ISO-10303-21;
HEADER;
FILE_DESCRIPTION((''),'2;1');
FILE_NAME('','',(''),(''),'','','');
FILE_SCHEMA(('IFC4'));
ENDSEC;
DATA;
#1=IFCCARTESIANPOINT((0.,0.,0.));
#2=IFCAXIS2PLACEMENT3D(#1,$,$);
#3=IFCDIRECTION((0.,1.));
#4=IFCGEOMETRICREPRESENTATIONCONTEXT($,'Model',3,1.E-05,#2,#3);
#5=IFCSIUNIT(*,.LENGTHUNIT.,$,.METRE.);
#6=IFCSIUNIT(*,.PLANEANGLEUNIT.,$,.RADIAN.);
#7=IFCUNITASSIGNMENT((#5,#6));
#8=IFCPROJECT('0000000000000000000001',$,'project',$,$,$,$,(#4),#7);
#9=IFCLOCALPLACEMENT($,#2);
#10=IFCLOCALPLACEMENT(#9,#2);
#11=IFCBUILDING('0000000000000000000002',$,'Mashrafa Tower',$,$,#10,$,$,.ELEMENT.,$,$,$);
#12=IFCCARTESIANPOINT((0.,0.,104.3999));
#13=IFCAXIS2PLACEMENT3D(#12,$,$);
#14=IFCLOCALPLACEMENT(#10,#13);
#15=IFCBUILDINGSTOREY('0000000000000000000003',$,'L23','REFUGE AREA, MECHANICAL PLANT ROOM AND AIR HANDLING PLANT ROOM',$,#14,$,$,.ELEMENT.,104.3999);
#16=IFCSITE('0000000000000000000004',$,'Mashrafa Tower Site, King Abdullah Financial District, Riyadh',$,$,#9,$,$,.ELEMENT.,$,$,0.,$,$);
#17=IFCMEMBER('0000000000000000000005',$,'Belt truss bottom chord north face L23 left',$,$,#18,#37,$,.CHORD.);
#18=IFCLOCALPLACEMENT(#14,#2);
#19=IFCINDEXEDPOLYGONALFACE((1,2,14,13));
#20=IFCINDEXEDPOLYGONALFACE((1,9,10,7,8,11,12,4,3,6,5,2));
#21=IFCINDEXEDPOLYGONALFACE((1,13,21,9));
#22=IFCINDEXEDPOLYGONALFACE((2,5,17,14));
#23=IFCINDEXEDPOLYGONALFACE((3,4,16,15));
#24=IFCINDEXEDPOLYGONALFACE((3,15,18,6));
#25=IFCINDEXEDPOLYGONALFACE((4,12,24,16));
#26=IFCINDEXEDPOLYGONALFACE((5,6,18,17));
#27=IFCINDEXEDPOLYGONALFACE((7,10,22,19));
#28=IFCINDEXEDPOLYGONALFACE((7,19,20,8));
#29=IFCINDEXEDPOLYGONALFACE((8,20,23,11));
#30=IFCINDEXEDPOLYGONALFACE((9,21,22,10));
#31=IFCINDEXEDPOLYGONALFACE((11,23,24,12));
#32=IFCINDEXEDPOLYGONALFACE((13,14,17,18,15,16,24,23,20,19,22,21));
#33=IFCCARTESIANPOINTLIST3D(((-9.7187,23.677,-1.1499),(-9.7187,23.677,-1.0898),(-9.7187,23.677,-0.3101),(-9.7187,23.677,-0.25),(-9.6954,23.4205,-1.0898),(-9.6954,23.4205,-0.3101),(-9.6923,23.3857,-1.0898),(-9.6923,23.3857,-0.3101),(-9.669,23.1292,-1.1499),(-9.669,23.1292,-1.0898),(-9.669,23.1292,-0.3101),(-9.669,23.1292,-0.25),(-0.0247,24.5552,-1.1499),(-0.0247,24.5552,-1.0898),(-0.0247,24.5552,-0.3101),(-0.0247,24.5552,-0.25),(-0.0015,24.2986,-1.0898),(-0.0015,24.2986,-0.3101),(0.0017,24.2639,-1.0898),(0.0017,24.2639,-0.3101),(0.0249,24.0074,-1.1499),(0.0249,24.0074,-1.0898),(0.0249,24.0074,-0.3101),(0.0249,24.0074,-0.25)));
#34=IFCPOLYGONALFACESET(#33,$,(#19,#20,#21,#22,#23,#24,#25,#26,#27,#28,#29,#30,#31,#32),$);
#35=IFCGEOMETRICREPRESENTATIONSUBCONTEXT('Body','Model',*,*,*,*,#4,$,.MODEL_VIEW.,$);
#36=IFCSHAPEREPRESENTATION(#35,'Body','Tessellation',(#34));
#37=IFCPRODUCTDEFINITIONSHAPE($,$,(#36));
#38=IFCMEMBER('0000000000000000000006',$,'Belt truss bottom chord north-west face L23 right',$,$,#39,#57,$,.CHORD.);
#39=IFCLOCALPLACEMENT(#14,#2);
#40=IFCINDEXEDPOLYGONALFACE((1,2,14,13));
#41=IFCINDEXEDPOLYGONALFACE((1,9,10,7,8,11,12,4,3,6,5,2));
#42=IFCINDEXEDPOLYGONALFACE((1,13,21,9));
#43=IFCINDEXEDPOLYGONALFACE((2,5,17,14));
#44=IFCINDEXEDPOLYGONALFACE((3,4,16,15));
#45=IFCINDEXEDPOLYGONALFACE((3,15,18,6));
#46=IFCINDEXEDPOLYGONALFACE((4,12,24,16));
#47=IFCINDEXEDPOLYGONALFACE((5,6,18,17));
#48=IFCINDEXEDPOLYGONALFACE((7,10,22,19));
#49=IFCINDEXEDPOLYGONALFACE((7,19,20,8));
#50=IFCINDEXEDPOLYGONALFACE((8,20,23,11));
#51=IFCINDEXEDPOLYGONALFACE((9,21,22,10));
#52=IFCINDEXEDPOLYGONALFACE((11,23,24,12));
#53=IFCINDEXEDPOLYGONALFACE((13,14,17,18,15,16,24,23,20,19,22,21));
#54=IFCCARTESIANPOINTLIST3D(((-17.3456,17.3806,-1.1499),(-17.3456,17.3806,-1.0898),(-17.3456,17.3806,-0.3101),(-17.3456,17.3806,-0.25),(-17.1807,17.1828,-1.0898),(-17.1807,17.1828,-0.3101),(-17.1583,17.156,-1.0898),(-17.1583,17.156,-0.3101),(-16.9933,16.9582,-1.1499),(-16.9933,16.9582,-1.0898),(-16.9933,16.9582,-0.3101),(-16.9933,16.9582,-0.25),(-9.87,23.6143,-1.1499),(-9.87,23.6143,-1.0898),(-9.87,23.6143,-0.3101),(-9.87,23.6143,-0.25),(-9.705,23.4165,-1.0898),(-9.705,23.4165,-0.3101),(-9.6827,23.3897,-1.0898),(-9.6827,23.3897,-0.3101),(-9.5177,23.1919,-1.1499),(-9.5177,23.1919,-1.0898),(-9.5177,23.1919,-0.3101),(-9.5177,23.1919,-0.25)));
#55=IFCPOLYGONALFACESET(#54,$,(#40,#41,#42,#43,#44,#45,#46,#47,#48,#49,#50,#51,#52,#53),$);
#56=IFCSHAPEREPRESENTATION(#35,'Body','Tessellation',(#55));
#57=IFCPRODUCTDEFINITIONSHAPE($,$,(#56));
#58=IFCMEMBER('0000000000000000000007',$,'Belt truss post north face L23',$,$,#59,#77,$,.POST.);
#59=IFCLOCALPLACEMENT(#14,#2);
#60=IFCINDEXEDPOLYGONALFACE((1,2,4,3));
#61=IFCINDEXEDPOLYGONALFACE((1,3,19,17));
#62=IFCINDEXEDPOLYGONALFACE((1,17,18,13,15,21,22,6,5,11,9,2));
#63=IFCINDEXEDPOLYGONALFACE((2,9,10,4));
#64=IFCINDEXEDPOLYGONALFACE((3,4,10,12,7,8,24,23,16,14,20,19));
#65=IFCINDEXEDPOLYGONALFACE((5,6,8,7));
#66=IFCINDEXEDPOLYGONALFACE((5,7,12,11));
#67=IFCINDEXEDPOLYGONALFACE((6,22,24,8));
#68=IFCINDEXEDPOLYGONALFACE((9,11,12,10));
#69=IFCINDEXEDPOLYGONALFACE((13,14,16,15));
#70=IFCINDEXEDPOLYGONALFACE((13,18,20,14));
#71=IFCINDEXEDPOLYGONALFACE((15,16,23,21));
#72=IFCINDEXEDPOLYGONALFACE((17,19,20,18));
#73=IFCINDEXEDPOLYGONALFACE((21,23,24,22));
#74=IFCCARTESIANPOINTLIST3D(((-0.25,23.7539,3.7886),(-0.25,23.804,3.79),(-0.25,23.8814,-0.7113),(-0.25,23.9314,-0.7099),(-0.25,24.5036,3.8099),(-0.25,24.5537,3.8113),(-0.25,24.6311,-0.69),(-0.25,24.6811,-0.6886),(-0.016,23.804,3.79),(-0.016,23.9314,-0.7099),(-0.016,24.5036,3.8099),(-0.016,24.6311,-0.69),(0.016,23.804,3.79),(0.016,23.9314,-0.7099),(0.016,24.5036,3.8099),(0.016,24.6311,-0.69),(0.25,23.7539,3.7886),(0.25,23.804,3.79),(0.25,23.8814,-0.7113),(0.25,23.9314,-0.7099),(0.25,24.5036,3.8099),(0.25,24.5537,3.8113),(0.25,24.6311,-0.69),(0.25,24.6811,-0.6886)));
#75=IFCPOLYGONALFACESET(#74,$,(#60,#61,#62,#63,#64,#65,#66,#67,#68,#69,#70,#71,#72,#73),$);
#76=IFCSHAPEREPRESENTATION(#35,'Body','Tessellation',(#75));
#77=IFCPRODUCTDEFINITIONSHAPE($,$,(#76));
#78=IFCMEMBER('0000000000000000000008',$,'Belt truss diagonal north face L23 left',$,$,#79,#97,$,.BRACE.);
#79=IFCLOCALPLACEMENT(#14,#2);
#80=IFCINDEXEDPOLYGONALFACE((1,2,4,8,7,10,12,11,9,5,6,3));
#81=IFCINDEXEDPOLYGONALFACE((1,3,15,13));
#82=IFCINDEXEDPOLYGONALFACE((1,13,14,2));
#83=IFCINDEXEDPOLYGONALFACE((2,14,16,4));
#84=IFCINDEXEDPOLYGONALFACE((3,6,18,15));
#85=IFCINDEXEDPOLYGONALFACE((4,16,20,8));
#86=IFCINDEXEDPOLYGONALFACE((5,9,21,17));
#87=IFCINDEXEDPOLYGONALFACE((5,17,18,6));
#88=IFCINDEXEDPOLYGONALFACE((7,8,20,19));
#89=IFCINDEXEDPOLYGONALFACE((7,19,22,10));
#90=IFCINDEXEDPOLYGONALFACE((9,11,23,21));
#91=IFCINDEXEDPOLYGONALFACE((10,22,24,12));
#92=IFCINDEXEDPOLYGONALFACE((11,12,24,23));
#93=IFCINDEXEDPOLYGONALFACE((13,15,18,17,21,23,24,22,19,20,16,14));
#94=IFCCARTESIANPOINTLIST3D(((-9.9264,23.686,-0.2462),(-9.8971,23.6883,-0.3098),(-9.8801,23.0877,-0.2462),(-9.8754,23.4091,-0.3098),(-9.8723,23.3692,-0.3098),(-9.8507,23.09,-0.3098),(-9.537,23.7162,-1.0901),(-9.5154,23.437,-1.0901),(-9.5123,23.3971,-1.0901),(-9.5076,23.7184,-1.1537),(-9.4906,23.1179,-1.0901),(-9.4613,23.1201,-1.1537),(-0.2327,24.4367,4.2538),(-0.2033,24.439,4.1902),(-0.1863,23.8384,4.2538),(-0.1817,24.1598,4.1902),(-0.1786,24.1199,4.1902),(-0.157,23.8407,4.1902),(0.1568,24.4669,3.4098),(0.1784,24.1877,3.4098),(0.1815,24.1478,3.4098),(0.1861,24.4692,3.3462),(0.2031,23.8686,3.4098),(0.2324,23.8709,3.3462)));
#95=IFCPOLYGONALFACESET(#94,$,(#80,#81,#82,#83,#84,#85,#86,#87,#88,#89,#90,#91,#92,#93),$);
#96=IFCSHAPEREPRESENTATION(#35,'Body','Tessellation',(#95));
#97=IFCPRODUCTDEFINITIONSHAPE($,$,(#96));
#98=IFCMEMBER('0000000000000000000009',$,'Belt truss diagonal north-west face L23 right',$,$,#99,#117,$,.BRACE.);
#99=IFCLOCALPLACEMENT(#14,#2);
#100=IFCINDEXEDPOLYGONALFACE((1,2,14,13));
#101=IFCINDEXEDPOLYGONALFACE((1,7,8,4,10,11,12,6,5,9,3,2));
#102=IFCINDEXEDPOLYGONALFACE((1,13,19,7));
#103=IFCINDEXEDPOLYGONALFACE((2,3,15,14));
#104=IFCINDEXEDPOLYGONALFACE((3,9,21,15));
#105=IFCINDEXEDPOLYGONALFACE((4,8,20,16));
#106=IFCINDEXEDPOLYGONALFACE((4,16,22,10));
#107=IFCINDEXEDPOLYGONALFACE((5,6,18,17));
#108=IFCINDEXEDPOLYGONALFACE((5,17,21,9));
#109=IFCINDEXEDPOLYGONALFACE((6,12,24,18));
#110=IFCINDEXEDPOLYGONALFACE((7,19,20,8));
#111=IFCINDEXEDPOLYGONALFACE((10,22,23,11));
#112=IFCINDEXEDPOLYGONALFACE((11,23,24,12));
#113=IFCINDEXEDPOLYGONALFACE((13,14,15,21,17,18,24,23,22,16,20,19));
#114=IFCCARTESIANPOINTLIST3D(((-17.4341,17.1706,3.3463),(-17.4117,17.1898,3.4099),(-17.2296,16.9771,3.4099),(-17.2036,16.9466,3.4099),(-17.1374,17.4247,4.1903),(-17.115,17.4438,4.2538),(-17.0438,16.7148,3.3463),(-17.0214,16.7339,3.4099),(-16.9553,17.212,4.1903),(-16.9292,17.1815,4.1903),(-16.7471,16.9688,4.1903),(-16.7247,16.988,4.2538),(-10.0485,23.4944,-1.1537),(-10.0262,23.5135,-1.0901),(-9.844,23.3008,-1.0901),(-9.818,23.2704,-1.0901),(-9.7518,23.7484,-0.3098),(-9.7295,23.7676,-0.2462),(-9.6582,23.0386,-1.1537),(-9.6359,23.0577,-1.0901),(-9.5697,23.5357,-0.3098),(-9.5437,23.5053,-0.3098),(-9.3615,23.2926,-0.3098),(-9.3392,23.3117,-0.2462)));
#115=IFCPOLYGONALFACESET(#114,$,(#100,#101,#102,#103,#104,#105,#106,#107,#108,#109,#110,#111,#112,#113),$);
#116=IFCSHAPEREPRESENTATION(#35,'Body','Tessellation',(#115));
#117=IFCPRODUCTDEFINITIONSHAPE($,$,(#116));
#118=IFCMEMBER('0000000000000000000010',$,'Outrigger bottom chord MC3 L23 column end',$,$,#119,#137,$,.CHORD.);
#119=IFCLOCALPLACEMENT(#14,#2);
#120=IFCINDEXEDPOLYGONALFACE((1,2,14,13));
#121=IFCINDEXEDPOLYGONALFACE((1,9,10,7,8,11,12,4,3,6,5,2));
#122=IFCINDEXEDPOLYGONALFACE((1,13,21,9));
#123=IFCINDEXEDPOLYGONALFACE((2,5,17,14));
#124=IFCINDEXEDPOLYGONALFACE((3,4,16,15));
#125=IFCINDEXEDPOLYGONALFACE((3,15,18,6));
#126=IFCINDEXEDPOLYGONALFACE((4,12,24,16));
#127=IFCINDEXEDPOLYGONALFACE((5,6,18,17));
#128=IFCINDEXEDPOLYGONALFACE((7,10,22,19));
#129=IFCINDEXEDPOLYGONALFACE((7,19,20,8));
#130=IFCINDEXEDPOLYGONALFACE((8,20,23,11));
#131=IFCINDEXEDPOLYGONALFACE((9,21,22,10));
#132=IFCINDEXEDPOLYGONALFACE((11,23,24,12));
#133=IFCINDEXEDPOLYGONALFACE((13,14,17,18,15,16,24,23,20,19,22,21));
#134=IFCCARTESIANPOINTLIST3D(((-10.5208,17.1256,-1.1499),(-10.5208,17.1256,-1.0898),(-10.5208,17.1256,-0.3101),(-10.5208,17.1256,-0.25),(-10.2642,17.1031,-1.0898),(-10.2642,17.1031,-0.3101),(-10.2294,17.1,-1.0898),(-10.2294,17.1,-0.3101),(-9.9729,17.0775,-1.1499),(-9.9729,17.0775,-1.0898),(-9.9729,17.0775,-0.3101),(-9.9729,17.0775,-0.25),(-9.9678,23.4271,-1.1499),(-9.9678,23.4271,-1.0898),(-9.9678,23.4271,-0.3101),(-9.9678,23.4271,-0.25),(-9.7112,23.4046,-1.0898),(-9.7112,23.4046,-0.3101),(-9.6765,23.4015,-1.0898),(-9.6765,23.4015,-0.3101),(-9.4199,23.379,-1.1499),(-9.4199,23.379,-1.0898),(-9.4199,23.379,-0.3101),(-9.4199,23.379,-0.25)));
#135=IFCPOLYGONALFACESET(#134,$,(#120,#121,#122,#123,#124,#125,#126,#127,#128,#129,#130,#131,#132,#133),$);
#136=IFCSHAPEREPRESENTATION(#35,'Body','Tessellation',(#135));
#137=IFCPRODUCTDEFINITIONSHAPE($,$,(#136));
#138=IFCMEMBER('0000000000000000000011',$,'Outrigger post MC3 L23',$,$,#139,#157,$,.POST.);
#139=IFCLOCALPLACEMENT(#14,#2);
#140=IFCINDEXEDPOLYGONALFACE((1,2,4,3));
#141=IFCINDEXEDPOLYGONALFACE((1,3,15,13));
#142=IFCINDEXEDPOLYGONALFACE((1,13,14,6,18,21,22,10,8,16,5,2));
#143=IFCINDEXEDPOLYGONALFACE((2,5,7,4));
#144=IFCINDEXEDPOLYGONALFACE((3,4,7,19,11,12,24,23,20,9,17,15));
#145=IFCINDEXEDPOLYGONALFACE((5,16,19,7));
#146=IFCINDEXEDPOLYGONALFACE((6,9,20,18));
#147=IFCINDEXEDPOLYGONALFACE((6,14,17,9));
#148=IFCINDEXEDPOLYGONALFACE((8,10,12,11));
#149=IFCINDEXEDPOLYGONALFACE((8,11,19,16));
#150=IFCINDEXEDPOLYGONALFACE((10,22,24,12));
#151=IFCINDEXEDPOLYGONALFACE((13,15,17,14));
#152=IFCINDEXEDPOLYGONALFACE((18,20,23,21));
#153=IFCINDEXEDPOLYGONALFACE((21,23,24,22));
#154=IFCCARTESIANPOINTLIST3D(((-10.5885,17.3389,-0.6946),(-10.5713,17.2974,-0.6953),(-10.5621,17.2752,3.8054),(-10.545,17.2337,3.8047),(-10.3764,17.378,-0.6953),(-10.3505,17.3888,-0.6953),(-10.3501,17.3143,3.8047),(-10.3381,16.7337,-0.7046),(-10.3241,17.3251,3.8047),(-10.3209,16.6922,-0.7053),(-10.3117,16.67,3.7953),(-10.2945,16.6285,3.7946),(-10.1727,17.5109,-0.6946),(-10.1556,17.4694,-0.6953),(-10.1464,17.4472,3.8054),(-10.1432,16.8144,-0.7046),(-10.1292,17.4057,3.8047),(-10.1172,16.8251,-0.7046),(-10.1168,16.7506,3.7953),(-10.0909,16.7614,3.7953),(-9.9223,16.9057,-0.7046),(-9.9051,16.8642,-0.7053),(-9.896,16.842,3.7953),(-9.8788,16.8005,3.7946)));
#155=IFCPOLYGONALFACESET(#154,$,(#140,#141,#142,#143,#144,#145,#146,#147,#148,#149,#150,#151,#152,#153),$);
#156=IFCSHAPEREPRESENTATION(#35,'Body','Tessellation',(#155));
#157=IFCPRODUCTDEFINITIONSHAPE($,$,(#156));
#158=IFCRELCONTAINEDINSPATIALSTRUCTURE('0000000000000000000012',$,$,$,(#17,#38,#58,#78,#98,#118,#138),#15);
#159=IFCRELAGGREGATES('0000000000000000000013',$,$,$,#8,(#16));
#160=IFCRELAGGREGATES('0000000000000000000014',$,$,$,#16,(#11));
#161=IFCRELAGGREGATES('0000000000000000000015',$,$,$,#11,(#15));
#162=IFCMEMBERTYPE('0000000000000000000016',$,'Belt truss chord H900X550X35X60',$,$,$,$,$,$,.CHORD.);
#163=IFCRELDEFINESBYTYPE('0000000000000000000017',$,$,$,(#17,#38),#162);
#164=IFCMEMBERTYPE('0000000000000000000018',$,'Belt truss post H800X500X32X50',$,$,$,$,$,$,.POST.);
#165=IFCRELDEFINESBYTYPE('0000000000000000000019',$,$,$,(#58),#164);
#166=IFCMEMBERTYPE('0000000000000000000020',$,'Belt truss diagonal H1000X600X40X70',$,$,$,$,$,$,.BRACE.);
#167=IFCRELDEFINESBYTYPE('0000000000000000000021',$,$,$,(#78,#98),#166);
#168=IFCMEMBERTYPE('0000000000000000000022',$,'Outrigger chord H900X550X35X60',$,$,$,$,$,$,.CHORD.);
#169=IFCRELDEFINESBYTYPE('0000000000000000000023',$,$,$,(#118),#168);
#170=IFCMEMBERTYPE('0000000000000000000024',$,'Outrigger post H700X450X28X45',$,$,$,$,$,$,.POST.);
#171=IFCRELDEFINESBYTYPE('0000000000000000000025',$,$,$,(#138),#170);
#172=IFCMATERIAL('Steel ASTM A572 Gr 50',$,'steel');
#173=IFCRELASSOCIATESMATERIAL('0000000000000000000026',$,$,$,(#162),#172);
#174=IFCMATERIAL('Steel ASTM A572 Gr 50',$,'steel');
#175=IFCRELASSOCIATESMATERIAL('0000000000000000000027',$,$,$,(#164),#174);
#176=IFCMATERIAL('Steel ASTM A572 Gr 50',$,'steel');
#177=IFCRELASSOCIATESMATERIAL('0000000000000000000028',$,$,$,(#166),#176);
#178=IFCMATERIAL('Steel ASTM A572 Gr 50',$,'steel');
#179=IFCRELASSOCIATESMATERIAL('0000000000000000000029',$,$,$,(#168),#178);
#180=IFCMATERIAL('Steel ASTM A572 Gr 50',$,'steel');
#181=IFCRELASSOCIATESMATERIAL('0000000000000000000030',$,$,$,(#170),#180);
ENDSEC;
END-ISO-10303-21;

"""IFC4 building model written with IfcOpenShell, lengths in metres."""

from ifc_helpers import new_model, si_unit, direction, frame, origin, origin_2d, place, context, subcontext, project, spatial, i_section, extrude, source, transform, mapped, material, material_profile, profile_set, type_object, type_shapes, element, save


model = new_model("IFC4")

# Units and contexts
model_context = context("Model", 3, precision=1e-05, world=origin(), true_north=direction((0.0, 1.0)))
body_context = subcontext(model_context, "Body", "Model", "MODEL_VIEW")
ifc_project = project(units=[si_unit("LENGTHUNIT", "METRE"), si_unit("PLANEANGLEUNIT", "RADIAN")], contexts=[model_context])

# Site, building, storey
site_placement = place(None, origin())
site = spatial("IfcSite", under=ifc_project, at=site_placement, Name="Mashrafa Tower Site, King Abdullah Financial District, Riyadh", CompositionType="ELEMENT", RefElevation=0.0)
building_placement = place(site_placement, origin())
building = spatial("IfcBuilding", under=site, at=building_placement, Name="Mashrafa Tower", CompositionType="ELEMENT")
storey_placement = place(building_placement, frame((0.0, 0.0, 104.3999)))
storey = spatial("IfcBuildingStorey", under=building, at=storey_placement, Name="L23", Description="REFUGE AREA, MECHANICAL PLANT ROOM AND AIR HANDLING PLANT ROOM", CompositionType="ELEMENT", Elevation=104.3999)

# Members
ifc_material_1 = material(Name="Steel ASTM A572 Gr 50", Category="steel")
ifc_material_profile_1 = material_profile(ifc_material_1, i_section(OverallWidth=0.55, OverallDepth=0.8999, WebThickness=0.0349, FlangeThickness=0.0601, at=origin_2d()), Name="H900X550X35X60")
ifc_profile_set_1 = profile_set([ifc_material_profile_1], Name="Steel ASTM A572 Gr 50")
member_type_1 = type_object("IfcMemberType", Name="Belt truss chord H900X550X35X60", PredefinedType="CHORD", material=ifc_profile_set_1)
shared_shape_1 = source(origin(), body_context, "Body", "SweptSolid", [
    extrude(i_section(OverallWidth=0.55, OverallDepth=0.8999, WebThickness=0.0349, FlangeThickness=0.0601, at=origin_2d()), origin(), (0.0, 0.0, 1.0), 9.7336),
])
type_shapes(member_type_1, [shared_shape_1])
for number, where, z_axis, x_axis, name in (
    (1, (-9.6938, 23.4031, -0.7), (0.995922, 0.090221, 0.0), (-0.090221, 0.995922, 0.0), "Belt truss bottom chord north face L23 left"),
    (2, (-9.6938, 23.4031, -0.7), (-0.76802, -0.640426, 0.0), (0.640426, -0.76802, 0.0), "Belt truss bottom chord north-west face L23 right"),
):
    element("IfcMember", number, at=place(storey_placement, frame(where, z_axis=z_axis, x_axis=x_axis)), inside=storey, type_object=member_type_1, Name=name, PredefinedType="CHORD", context=body_context, shape_type="MappedRepresentation", body=[
        mapped(shared_shape_1, transform((0.0, 0.0, 0.0))),
    ])
ifc_material_2 = material(Name="Steel ASTM A572 Gr 50", Category="steel")
ifc_material_profile_2 = material_profile(ifc_material_2, i_section(OverallWidth=0.5, OverallDepth=0.8, WebThickness=0.032, FlangeThickness=0.05, at=origin_2d()), Name="H800X500X32X50")
ifc_profile_set_2 = profile_set([ifc_material_profile_2], Name="Steel ASTM A572 Gr 50")
member_type_2 = type_object("IfcMemberType", Name="Belt truss post H800X500X32X50", PredefinedType="POST", material=ifc_profile_set_2)
shared_shape_2 = source(origin(), body_context, "Body", "SweptSolid", [
    extrude(i_section(OverallWidth=0.5, OverallDepth=0.8, WebThickness=0.032, FlangeThickness=0.05, at=origin_2d()), origin(), (0.0, 0.0, 1.0), 4.5017),
])
type_shapes(member_type_2, [shared_shape_2])
member_1_placement = place(storey_placement, frame((0.0, 24.2812, -0.7), z_axis=(0.0, -0.028309, 0.999599), x_axis=(1.0, 0.0, 0.0)))
element("IfcMember", 3, at=member_1_placement, inside=storey, type_object=member_type_2, Name="Belt truss post north face L23", PredefinedType="POST", context=body_context, shape_type="MappedRepresentation", body=[
    mapped(shared_shape_2, transform((0.0, 0.0, 0.0))),
])
ifc_material_3 = material(Name="Steel ASTM A572 Gr 50", Category="steel")
ifc_material_profile_3 = material_profile(ifc_material_3, i_section(OverallWidth=0.6001, OverallDepth=1.0, WebThickness=0.04, FlangeThickness=0.0701, at=origin_2d()), Name="H1000X600X40X70")
ifc_profile_set_3 = profile_set([ifc_material_profile_3], Name="Steel ASTM A572 Gr 50")
member_type_3 = type_object("IfcMemberType", Name="Belt truss diagonal H1000X600X40X70", PredefinedType="BRACE", material=ifc_profile_set_3)
shared_shape_3 = source(origin(), body_context, "Body", "SweptSolid", [
    extrude(i_section(OverallWidth=0.6001, OverallDepth=1.0, WebThickness=0.04, FlangeThickness=0.0701, at=origin_2d()), origin(), (0.0, 0.0, 1.0), 10.7136),
])
member_2_placement = place(storey_placement, frame((-9.6938, 23.4031, -0.7), z_axis=(0.904805, 0.070072, 0.420021), x_axis=(-0.077213, 0.997015, 0.0)))
element("IfcMember", 4, at=member_2_placement, inside=storey, type_object=member_type_3, Name="Belt truss diagonal north face L23 left", PredefinedType="BRACE", context=body_context, shape_type="MappedRepresentation", body=[
    mapped(shared_shape_3, transform((0.0, 0.0, 0.0))),
])
shared_shape_4 = source(origin(), body_context, "Body", "SweptSolid", [
    extrude(i_section(OverallWidth=0.6001, OverallDepth=1.0, WebThickness=0.04, FlangeThickness=0.0701, at=origin_2d()), origin(), (0.0, 0.0, 1.0), 10.7139),
])
type_shapes(member_type_3, [shared_shape_3, shared_shape_4])
member_3_placement = place(storey_placement, frame((-9.6938, 23.4031, -0.7), z_axis=(-0.689345, -0.590243, 0.42002), x_axis=(0.650394, -0.759597, 0.0)))
element("IfcMember", 5, at=member_3_placement, inside=storey, type_object=member_type_3, Name="Belt truss diagonal north-west face L23 right", PredefinedType="BRACE", context=body_context, shape_type="MappedRepresentation", body=[
    mapped(shared_shape_4, transform((0.0, 0.0, 0.0))),
])
ifc_material_4 = material(Name="Steel ASTM A572 Gr 50", Category="steel")
ifc_material_profile_4 = material_profile(ifc_material_4, i_section(OverallWidth=0.55, OverallDepth=0.8999, WebThickness=0.0349, FlangeThickness=0.0601, at=origin_2d()), Name="H900X550X35X60")
ifc_profile_set_4 = profile_set([ifc_material_profile_4], Name="Steel ASTM A572 Gr 50")
member_type_4 = type_object("IfcMemberType", Name="Outrigger chord H900X550X35X60", PredefinedType="CHORD", material=ifc_profile_set_4)
shared_shape_5 = source(origin(), body_context, "Body", "SweptSolid", [
    extrude(i_section(OverallWidth=0.55, OverallDepth=0.8999, WebThickness=0.0349, FlangeThickness=0.0601, at=origin_2d()), origin(), (0.0, 0.0, 1.0), 6.3257),
])
type_shapes(member_type_4, [shared_shape_5])
member_4_placement = place(storey_placement, frame((-10.2468, 17.1016, -0.7), z_axis=(0.087417, 0.996172, 0.0), x_axis=(-0.996172, 0.087417, 0.0)))
element("IfcMember", 6, at=member_4_placement, inside=storey, type_object=member_type_4, Name="Outrigger bottom chord MC3 L23 column end", PredefinedType="CHORD", context=body_context, shape_type="MappedRepresentation", body=[
    mapped(shared_shape_5, transform((0.0, 0.0, 0.0))),
])
ifc_material_5 = material(Name="Steel ASTM A572 Gr 50", Category="steel")
ifc_material_profile_5 = material_profile(ifc_material_5, i_section(OverallWidth=0.45, OverallDepth=0.7, WebThickness=0.0281, FlangeThickness=0.0449, at=origin_2d()), Name="H700X450X28X45")
ifc_profile_set_5 = profile_set([ifc_material_profile_5], Name="Steel ASTM A572 Gr 50")
member_type_5 = type_object("IfcMemberType", Name="Outrigger post H700X450X28X45", PredefinedType="POST", material=ifc_profile_set_5)
shared_shape_6 = source(origin(), body_context, "Body", "SweptSolid", [
    extrude(i_section(OverallWidth=0.45, OverallDepth=0.7, WebThickness=0.0281, FlangeThickness=0.0449, at=origin_2d()), origin(), (0.0, 0.0, 1.0), 4.5005),
])
type_shapes(member_type_5, [shared_shape_6])
member_5_placement = place(storey_placement, frame((-10.2468, 17.1016, -0.7), z_axis=(0.005859, -0.014158, 0.999883), x_axis=(0.924017, 0.382352, 0.0)))
element("IfcMember", 7, at=member_5_placement, inside=storey, type_object=member_type_5, Name="Outrigger post MC3 L23", PredefinedType="POST", context=body_context, shape_type="MappedRepresentation", body=[
    mapped(shared_shape_6, transform((0.0, 0.0, 0.0))),
])

save(model, "model.ifc")
